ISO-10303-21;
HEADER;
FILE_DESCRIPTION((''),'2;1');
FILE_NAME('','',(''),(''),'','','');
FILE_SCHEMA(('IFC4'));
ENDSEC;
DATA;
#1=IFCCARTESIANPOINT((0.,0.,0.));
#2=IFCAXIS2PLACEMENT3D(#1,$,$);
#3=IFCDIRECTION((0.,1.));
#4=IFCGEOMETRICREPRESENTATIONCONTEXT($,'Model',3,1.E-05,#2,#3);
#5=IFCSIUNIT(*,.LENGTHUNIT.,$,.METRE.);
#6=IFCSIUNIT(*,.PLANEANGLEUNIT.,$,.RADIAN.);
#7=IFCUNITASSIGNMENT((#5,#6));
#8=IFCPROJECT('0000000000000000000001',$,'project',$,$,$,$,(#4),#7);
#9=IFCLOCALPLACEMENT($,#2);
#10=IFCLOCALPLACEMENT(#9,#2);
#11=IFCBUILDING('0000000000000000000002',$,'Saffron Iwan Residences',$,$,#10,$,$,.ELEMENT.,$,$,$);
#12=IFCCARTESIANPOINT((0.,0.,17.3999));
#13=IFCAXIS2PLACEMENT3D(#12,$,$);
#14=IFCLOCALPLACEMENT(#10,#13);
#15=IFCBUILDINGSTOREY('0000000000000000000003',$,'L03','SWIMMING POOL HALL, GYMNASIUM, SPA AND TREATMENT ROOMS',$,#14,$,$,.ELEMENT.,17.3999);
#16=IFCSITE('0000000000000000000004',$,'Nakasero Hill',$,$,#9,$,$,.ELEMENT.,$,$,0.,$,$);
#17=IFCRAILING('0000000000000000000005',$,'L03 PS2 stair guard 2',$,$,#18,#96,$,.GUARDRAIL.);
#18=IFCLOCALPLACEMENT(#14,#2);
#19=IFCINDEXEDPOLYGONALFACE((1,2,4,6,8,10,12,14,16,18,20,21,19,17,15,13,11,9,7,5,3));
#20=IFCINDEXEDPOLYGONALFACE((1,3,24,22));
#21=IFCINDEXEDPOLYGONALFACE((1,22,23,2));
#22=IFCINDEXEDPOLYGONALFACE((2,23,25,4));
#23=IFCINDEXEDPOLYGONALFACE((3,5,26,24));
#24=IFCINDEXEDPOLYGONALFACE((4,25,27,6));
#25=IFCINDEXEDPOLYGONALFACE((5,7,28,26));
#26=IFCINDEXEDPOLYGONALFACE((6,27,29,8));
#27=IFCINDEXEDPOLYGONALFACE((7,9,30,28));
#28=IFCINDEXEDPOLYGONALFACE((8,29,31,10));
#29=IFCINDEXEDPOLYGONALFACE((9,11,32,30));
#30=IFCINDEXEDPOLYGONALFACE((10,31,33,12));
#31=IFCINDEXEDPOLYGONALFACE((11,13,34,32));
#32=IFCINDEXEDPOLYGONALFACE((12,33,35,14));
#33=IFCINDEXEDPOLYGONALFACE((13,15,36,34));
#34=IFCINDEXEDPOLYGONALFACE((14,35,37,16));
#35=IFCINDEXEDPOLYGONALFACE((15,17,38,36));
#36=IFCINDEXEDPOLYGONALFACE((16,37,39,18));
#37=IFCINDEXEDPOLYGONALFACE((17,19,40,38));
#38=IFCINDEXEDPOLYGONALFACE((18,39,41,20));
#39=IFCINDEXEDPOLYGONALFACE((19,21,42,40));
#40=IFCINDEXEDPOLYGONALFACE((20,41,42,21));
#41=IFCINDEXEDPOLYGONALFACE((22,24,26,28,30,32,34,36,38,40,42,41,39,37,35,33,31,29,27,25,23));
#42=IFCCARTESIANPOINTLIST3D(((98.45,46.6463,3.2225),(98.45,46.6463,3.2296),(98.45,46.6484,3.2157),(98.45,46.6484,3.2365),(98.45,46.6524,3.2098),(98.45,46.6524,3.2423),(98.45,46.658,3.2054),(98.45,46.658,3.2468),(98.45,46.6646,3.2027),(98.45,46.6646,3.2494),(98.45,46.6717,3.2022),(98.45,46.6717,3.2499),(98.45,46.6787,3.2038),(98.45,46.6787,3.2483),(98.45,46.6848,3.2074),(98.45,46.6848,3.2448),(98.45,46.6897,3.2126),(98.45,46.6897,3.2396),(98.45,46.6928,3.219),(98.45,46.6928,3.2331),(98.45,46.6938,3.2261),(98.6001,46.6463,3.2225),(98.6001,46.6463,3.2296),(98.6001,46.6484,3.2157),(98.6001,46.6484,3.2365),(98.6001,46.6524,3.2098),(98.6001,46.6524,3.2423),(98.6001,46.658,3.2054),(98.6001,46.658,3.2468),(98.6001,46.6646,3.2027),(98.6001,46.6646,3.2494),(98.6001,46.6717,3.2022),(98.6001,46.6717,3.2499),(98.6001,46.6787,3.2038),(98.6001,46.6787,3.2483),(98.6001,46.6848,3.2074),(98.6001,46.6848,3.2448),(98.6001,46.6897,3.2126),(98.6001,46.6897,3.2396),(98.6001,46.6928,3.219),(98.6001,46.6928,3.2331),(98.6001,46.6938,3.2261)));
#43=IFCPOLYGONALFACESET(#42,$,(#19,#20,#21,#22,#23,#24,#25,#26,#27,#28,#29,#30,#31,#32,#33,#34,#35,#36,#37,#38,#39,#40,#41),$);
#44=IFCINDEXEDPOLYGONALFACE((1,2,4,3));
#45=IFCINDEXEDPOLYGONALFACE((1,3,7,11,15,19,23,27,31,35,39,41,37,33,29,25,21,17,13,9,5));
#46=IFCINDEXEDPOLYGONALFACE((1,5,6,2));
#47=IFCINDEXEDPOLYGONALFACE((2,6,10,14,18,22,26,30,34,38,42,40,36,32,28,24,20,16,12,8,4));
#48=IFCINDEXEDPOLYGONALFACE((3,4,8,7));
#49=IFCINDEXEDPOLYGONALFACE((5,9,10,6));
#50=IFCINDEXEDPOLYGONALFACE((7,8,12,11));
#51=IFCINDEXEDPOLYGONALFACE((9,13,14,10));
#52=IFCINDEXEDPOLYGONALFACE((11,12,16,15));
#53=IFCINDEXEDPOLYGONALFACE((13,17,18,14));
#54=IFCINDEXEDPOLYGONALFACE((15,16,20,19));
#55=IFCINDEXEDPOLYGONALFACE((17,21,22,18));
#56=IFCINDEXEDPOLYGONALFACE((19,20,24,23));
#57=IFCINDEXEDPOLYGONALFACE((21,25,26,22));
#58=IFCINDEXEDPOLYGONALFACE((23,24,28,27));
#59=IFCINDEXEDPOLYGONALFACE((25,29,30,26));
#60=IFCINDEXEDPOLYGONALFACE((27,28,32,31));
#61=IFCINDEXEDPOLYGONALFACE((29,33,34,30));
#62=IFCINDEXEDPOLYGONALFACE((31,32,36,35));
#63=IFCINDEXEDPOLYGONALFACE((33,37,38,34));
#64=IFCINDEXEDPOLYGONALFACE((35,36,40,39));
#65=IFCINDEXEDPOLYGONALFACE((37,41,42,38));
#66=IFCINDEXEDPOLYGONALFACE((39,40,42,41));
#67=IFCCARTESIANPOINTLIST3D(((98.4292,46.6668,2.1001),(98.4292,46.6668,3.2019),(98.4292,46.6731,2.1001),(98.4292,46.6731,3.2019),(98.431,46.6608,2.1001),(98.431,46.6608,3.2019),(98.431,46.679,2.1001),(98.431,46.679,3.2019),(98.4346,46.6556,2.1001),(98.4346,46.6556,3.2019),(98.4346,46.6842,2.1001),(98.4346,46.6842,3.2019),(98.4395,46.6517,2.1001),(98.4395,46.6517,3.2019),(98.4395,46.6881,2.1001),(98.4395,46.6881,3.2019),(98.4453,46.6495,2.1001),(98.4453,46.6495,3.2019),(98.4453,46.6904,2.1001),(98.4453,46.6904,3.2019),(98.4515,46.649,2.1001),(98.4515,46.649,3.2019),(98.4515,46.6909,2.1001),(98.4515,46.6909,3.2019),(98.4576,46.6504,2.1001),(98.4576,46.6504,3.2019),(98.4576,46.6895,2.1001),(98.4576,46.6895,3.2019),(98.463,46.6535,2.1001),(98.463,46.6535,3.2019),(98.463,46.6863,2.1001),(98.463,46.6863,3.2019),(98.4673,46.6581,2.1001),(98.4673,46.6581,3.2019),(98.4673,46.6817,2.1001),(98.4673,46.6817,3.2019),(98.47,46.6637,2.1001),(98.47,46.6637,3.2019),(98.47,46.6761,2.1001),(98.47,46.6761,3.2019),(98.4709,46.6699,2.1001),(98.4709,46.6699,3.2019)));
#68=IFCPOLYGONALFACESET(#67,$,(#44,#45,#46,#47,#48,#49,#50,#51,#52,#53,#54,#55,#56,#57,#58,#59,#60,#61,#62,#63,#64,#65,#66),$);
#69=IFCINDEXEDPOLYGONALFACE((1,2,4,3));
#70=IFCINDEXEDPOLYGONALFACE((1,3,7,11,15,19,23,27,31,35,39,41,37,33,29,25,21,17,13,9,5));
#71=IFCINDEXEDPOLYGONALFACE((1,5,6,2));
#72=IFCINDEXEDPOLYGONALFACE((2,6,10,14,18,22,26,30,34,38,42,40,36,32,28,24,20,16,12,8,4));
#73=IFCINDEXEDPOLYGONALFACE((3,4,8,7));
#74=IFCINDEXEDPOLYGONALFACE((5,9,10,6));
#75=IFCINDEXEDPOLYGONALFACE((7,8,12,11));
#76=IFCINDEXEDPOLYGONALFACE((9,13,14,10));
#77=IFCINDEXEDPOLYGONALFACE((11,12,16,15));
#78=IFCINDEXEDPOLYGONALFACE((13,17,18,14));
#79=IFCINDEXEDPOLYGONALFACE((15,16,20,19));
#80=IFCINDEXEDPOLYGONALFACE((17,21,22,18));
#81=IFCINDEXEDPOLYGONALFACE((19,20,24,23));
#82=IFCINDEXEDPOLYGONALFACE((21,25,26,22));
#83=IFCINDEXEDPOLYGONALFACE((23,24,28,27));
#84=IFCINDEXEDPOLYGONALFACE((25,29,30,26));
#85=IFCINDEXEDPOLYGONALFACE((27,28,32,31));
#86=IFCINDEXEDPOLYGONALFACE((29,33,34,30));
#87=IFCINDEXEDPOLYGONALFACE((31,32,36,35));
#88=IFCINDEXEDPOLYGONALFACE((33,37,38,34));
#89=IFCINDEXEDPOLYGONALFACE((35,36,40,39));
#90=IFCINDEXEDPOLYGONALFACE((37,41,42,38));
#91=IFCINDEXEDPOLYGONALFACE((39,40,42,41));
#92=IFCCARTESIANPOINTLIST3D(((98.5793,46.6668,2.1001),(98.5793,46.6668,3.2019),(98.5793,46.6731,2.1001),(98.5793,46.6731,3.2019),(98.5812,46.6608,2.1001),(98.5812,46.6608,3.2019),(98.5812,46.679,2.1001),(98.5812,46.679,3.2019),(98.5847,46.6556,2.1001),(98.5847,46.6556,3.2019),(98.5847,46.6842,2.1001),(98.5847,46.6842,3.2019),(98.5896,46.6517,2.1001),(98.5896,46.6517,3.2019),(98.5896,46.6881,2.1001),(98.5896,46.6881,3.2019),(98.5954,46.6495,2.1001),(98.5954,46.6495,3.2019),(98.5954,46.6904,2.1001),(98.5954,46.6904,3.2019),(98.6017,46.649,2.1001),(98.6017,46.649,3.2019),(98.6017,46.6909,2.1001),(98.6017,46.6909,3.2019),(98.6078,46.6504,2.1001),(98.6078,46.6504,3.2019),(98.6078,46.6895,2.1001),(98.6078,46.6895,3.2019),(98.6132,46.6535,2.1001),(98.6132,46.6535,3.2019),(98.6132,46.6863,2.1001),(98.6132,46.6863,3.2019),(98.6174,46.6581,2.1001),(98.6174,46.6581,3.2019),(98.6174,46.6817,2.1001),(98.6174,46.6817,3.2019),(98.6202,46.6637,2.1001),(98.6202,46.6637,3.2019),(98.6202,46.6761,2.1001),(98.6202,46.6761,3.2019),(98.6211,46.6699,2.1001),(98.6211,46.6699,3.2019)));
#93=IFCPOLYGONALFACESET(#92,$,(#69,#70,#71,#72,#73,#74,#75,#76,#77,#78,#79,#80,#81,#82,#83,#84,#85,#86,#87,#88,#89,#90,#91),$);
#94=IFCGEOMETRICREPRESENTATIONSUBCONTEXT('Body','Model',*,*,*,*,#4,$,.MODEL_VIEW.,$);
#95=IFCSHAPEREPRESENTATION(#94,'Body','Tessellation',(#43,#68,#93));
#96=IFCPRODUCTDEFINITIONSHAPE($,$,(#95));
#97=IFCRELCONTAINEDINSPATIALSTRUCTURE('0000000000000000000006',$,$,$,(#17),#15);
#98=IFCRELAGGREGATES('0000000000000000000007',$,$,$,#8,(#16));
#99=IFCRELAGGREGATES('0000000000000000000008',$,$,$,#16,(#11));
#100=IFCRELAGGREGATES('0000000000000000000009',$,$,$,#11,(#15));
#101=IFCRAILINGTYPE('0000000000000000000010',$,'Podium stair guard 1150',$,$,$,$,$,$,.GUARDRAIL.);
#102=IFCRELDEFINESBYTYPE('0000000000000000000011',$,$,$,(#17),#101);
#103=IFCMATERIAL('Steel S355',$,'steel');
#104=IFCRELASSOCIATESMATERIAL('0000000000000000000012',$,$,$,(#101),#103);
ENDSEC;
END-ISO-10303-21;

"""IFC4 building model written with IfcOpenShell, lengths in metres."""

from ifc_helpers import new_model, si_unit, direction, frame, origin, origin_2d, place, context, subcontext, project, spatial, circle, extrude, material, type_object, element, save


model = new_model("IFC4")

# Units and contexts
model_context = context("Model", 3, precision=1e-05, world=origin(), true_north=direction((0.0, 1.0)))
body_context = subcontext(model_context, "Body", "Model", "MODEL_VIEW")
ifc_project = project(units=[si_unit("LENGTHUNIT", "METRE"), si_unit("PLANEANGLEUNIT", "RADIAN")], contexts=[model_context])

# Site, building, storey
site_placement = place(None, origin())
site = spatial("IfcSite", under=ifc_project, at=site_placement, Name="Nakasero Hill", CompositionType="ELEMENT", RefElevation=0.0)
building_placement = place(site_placement, origin())
building = spatial("IfcBuilding", under=site, at=building_placement, Name="Saffron Iwan Residences", CompositionType="ELEMENT")
storey_placement = place(building_placement, frame((0.0, 0.0, 17.3999)))
storey = spatial("IfcBuildingStorey", under=building, at=storey_placement, Name="L03", Description="SWIMMING POOL HALL, GYMNASIUM, SPA AND TREATMENT ROOMS", CompositionType="ELEMENT", Elevation=17.3999)

# Railing
ifc_material_1 = material(Name="Steel S355", Category="steel")
railing_type_1 = type_object("IfcRailingType", Name="Podium stair guard 1150", PredefinedType="GUARDRAIL", material=ifc_material_1)
railing_1_placement = place(storey_placement, frame((98.45, 46.6699, 2.1001)))
element("IfcRailing", 1, at=railing_1_placement, inside=storey, type_object=railing_type_1, Name="L03 PS2 stair guard 2", PredefinedType="GUARDRAIL", context=body_context, shape_type="SweptSolid", body=[
    extrude(circle(Radius=0.0239, at=origin_2d()), frame((0.0, 0.0, 1.126), z_axis=(1.0, 0.0, 0.0), x_axis=(0.0, 1.0, 0.0)), (0.0, 0.0, 1.0), 0.1501),
    extrude(circle(Radius=0.021, at=origin_2d()), origin(), (0.0, 0.0, 1.0), 1.1018),
    extrude(circle(Radius=0.021, at=origin_2d()), frame((0.1501, 0.0, 0.0)), (0.0, 0.0, 1.0), 1.1018),
])

save(model, "model.ifc")
